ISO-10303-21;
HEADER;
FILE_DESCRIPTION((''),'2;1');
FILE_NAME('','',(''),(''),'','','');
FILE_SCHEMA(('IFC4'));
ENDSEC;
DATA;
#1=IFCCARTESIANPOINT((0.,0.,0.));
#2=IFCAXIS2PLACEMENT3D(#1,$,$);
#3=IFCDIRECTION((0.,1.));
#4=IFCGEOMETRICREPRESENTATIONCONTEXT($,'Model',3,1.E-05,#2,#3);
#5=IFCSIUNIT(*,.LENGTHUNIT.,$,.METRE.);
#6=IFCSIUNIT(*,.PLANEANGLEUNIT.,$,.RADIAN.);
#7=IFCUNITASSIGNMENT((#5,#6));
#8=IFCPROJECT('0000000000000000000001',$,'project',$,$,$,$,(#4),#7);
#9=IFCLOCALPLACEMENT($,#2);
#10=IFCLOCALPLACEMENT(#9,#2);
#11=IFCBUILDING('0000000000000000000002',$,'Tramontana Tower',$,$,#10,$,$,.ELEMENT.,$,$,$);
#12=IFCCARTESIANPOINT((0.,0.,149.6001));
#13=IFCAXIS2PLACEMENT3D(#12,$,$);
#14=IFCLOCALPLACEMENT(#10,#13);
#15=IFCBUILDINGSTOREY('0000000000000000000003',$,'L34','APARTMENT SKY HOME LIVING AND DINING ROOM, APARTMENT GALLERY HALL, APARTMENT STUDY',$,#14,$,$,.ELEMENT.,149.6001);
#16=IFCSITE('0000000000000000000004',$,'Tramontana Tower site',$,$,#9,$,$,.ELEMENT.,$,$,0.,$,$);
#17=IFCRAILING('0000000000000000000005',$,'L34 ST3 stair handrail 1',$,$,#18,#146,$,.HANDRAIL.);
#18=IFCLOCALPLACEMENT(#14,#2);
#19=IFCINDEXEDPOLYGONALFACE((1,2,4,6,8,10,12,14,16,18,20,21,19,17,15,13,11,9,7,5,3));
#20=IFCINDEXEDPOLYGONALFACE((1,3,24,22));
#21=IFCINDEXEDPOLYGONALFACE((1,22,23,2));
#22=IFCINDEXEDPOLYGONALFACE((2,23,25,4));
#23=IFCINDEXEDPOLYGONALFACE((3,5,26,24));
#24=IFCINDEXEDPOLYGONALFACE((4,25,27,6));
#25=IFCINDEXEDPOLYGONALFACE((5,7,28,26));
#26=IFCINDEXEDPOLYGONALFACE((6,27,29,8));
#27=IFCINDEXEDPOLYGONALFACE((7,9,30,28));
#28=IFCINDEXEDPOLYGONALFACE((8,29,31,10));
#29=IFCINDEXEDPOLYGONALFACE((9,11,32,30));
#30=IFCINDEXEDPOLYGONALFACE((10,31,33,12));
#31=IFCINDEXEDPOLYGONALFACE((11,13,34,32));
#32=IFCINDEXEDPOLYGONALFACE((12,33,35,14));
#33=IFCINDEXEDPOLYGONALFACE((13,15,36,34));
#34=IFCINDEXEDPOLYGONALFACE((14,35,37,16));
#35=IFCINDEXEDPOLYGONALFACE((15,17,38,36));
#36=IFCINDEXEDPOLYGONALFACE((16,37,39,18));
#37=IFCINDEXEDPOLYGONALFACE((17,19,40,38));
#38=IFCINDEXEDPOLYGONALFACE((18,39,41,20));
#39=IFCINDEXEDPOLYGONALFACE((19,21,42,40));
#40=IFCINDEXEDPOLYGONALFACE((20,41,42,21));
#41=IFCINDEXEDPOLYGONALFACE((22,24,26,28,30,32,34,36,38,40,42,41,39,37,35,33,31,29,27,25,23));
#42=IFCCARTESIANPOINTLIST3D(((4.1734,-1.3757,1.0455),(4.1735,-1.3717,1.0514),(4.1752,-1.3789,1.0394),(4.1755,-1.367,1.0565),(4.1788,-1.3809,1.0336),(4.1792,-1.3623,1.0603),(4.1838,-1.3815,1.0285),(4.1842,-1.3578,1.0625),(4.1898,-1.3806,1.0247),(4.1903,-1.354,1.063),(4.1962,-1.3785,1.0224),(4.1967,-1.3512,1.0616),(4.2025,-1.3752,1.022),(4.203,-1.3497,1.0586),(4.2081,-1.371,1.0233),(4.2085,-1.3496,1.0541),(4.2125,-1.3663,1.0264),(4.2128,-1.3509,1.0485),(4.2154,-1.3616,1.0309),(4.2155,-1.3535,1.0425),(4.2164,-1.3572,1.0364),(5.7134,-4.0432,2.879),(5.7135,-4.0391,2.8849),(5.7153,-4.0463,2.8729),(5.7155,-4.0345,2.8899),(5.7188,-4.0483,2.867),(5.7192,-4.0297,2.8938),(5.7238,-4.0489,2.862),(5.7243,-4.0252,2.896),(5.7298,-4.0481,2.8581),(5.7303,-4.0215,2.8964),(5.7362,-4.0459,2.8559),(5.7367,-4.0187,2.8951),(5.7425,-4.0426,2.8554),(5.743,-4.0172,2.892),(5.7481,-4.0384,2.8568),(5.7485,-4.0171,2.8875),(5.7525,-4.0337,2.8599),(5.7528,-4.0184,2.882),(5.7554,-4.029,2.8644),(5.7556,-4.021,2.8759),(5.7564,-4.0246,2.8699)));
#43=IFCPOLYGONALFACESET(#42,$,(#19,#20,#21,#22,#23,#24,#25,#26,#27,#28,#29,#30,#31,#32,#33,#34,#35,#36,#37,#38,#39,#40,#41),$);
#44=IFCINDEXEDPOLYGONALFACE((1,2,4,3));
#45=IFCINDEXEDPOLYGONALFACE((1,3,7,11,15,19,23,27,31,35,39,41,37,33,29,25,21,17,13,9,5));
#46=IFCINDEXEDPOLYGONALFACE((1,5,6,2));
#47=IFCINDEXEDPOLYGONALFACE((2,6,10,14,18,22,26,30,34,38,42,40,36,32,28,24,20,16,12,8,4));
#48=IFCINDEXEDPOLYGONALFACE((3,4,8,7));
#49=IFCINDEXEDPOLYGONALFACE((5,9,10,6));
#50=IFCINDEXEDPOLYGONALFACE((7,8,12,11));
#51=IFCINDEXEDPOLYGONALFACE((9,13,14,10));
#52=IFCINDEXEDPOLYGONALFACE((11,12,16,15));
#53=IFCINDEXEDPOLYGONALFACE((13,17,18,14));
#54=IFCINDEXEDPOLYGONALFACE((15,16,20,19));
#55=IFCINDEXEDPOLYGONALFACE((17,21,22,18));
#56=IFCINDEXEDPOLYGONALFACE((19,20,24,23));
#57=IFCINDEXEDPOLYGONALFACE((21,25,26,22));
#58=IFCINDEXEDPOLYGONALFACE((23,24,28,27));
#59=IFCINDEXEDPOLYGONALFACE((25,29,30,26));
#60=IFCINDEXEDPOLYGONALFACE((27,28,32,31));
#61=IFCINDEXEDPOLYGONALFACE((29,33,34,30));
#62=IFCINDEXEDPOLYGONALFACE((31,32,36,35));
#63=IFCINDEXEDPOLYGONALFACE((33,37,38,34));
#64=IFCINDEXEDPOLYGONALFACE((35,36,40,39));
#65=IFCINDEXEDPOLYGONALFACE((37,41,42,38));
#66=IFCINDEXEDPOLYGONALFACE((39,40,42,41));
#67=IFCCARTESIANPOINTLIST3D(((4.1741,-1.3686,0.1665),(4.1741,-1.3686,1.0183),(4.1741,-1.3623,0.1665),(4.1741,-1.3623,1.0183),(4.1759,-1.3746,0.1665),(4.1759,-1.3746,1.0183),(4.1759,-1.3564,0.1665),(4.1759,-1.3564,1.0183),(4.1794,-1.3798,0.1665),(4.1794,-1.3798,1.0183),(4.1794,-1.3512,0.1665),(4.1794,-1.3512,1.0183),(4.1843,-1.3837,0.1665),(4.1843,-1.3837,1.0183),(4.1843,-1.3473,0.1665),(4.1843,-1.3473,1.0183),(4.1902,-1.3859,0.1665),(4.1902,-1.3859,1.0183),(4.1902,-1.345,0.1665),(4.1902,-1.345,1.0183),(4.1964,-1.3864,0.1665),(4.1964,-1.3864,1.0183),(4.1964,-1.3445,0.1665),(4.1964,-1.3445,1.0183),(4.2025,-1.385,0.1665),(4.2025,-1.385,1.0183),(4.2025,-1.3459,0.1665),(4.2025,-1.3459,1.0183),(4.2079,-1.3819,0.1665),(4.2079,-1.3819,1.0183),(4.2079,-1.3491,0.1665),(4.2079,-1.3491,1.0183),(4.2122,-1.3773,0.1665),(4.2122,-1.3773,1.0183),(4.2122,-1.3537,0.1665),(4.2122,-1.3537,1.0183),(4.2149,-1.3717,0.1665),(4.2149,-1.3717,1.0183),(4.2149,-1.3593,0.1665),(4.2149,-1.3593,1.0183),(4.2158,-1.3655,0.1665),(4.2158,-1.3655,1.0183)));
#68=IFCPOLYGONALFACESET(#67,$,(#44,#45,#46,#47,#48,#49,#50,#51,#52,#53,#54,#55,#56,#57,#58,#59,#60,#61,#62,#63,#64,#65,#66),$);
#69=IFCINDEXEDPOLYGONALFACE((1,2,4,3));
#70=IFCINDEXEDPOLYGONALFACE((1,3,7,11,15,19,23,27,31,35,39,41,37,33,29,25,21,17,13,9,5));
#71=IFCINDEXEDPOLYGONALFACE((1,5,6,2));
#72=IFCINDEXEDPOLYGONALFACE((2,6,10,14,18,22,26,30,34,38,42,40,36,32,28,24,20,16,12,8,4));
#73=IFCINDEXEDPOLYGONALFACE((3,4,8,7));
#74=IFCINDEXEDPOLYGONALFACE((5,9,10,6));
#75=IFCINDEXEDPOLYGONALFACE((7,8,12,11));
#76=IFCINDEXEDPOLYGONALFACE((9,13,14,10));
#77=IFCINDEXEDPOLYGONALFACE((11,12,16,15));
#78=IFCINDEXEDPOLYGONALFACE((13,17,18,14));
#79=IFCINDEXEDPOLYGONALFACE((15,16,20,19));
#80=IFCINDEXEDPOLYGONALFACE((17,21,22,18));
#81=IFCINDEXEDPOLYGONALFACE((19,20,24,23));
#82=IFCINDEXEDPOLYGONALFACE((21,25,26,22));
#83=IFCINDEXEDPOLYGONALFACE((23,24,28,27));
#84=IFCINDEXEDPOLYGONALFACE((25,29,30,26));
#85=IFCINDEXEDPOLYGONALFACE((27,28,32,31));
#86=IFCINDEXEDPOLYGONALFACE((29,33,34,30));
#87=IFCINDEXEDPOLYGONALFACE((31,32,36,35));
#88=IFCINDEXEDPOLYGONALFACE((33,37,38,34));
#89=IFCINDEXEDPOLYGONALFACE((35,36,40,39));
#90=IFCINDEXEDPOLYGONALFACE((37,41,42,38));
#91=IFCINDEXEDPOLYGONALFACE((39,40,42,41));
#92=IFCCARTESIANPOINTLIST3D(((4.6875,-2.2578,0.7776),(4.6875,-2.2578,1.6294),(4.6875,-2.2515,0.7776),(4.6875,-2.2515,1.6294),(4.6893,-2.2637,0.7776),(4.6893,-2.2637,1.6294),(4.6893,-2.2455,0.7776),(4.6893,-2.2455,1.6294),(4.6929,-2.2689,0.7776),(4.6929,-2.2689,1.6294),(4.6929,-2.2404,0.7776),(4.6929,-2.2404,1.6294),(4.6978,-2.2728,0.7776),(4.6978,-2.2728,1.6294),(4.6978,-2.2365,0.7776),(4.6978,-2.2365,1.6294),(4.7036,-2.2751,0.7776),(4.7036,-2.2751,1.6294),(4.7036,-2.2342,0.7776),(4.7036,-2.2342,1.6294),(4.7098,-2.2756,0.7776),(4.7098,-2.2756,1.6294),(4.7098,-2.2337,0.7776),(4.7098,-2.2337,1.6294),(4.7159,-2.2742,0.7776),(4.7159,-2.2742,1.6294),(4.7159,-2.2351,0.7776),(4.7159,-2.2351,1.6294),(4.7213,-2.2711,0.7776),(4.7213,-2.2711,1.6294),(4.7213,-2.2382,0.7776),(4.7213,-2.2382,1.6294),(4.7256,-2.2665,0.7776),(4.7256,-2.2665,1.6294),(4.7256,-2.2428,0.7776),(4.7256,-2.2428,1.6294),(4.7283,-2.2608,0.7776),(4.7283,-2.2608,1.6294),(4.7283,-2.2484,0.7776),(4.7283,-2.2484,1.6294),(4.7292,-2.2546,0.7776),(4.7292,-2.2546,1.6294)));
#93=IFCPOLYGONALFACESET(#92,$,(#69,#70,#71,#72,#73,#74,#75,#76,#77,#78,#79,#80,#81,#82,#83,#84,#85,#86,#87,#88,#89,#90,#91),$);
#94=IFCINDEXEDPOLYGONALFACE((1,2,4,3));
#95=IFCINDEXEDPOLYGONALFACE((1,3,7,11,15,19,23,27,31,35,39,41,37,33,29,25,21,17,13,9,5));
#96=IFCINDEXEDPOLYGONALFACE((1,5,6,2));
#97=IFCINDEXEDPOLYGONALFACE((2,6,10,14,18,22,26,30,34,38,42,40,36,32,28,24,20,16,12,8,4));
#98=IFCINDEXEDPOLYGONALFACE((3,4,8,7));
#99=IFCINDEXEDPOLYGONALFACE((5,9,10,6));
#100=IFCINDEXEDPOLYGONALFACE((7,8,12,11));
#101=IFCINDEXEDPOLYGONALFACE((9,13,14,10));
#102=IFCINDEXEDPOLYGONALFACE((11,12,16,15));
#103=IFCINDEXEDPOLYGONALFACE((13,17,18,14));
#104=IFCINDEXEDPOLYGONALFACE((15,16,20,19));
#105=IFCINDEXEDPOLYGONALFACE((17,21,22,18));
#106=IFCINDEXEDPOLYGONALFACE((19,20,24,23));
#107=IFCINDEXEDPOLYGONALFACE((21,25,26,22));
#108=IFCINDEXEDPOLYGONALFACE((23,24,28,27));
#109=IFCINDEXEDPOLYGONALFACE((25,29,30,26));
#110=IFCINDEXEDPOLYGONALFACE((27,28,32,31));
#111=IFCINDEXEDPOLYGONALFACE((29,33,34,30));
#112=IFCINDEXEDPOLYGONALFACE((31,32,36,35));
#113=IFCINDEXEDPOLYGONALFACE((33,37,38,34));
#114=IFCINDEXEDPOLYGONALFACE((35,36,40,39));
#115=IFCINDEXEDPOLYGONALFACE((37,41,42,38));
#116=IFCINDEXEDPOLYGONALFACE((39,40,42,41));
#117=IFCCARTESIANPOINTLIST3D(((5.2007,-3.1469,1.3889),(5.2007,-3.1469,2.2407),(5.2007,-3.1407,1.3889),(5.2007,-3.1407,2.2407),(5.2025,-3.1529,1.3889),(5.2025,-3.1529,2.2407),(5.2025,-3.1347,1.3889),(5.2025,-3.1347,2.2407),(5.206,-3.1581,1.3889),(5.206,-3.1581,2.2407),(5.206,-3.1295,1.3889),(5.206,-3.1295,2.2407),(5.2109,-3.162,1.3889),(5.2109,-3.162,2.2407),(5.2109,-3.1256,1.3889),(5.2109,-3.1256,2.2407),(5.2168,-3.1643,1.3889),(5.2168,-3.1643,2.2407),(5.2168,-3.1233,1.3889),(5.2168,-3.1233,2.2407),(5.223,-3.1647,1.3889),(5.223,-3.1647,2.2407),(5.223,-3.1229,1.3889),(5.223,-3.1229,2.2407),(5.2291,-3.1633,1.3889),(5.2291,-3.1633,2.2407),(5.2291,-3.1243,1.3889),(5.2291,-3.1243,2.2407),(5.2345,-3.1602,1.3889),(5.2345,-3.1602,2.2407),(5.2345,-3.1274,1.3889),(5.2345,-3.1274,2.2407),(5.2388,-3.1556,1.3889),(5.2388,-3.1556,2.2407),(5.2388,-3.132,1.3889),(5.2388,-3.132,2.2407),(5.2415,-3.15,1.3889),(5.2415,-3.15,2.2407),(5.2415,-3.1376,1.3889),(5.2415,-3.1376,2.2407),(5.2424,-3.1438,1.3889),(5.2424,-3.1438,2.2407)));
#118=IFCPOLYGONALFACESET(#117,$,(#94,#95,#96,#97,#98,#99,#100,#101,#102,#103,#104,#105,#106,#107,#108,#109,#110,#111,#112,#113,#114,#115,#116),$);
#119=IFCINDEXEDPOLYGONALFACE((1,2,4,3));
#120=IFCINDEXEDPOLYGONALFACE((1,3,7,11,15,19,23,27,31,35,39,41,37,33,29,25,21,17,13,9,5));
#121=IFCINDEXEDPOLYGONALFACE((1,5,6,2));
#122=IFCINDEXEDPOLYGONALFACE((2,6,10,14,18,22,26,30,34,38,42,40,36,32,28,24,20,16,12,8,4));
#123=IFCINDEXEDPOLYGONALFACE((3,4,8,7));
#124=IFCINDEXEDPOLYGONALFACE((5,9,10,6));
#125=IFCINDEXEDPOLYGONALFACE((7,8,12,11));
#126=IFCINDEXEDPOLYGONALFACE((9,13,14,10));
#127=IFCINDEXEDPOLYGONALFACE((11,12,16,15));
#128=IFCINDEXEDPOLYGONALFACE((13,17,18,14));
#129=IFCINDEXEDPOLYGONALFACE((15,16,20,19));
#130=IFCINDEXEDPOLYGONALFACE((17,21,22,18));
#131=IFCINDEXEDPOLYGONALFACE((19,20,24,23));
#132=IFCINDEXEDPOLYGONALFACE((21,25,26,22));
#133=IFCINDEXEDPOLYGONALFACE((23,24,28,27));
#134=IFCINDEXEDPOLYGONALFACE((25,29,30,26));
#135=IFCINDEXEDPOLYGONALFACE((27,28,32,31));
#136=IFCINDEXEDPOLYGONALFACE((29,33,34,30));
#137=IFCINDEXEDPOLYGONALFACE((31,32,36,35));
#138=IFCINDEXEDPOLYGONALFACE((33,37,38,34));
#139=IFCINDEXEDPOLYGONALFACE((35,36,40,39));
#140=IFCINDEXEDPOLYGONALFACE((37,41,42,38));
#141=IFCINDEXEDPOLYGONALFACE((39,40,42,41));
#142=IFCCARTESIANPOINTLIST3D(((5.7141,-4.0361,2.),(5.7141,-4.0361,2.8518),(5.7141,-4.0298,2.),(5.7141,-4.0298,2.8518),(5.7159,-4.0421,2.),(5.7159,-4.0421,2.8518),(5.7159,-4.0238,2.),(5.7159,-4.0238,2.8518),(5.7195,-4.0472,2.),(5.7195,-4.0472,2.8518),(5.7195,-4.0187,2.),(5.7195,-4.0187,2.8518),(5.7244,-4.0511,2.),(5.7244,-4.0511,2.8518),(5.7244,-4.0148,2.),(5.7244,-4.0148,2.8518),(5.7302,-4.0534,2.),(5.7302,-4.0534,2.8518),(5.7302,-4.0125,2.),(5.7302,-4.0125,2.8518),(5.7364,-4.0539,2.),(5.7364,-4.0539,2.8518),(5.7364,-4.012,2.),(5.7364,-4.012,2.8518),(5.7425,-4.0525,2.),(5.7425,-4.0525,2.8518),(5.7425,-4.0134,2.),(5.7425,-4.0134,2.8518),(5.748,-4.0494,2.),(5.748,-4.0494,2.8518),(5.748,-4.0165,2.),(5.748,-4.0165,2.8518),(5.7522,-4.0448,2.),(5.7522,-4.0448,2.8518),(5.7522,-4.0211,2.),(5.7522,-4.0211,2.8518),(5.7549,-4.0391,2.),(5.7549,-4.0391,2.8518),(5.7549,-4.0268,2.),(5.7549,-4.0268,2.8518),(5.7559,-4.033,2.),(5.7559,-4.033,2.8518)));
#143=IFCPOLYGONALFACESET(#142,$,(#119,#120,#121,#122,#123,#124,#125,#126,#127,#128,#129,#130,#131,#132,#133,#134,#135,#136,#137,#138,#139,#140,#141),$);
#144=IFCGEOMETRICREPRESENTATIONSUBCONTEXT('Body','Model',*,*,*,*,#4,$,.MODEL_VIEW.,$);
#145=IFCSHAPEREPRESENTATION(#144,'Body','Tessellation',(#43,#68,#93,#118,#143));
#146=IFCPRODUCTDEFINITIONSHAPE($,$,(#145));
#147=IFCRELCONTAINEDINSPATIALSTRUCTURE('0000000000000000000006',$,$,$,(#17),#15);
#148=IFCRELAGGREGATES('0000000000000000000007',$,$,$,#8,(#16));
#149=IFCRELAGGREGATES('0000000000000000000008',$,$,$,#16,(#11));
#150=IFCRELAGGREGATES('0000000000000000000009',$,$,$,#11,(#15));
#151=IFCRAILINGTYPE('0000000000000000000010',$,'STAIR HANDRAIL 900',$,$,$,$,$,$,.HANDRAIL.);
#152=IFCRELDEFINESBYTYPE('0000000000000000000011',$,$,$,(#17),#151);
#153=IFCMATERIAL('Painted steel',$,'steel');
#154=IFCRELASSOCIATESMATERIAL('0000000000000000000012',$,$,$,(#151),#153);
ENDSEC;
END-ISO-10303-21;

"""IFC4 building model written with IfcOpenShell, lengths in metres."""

from ifc_helpers import new_model, si_unit, direction, frame, origin, origin_2d, place, context, subcontext, project, spatial, circle, extrude, material, type_object, element, save


model = new_model("IFC4")

# Units and contexts
model_context = context("Model", 3, precision=1e-05, world=origin(), true_north=direction((0.0, 1.0)))
body_context = subcontext(model_context, "Body", "Model", "MODEL_VIEW")
ifc_project = project(units=[si_unit("LENGTHUNIT", "METRE"), si_unit("PLANEANGLEUNIT", "RADIAN")], contexts=[model_context])

# Site, building, storey
site_placement = place(None, origin())
site = spatial("IfcSite", under=ifc_project, at=site_placement, Name="Tramontana Tower site", CompositionType="ELEMENT", RefElevation=0.0)
building_placement = place(site_placement, origin())
building = spatial("IfcBuilding", under=site, at=building_placement, Name="Tramontana Tower", CompositionType="ELEMENT")
storey_placement = place(building_placement, frame((0.0, 0.0, 149.6001)))
storey = spatial("IfcBuildingStorey", under=building, at=storey_placement, Name="L34", Description="APARTMENT SKY HOME LIVING AND DINING ROOM, APARTMENT GALLERY HALL, APARTMENT STUDY", CompositionType="ELEMENT", Elevation=149.6001)

# Railing
ifc_material_1 = material(Name="Painted steel", Category="steel")
railing_type_1 = type_object("IfcRailingType", Name="STAIR HANDRAIL 900", PredefinedType="HANDRAIL", material=ifc_material_1)
railing_1_placement = place(storey_placement, frame((4.1948, -1.3655, 0.1665)))
element("IfcRailing", 1, at=railing_1_placement, inside=storey, type_object=railing_type_1, Name="L34 ST3 stair handrail 1", PredefinedType="HANDRAIL", context=body_context, shape_type="SweptSolid", body=[
    extrude(circle(Radius=0.0239, at=origin_2d()), frame((0.0, 0.0, 0.876), z_axis=(0.429634, -0.744164, 0.511502), x_axis=(0.86603, 0.499992, 0.0)), (0.0, 0.0, 1.0), 3.5845),
    extrude(circle(Radius=0.021, at=origin_2d()), origin(), (0.0, 0.0, 1.0), 0.8518),
    extrude(circle(Radius=0.021, at=origin_2d()), frame((0.5134, -0.8892, 0.6111)), (0.0, 0.0, 1.0), 0.8518),
    extrude(circle(Radius=0.021, at=origin_2d()), frame((1.0266, -1.7783, 1.2224)), (0.0, 0.0, 1.0), 0.8518),
    extrude(circle(Radius=0.021, at=origin_2d()), frame((1.54, -2.6675, 1.8335)), (0.0, 0.0, 1.0), 0.8518),
])

save(model, "model.ifc")
